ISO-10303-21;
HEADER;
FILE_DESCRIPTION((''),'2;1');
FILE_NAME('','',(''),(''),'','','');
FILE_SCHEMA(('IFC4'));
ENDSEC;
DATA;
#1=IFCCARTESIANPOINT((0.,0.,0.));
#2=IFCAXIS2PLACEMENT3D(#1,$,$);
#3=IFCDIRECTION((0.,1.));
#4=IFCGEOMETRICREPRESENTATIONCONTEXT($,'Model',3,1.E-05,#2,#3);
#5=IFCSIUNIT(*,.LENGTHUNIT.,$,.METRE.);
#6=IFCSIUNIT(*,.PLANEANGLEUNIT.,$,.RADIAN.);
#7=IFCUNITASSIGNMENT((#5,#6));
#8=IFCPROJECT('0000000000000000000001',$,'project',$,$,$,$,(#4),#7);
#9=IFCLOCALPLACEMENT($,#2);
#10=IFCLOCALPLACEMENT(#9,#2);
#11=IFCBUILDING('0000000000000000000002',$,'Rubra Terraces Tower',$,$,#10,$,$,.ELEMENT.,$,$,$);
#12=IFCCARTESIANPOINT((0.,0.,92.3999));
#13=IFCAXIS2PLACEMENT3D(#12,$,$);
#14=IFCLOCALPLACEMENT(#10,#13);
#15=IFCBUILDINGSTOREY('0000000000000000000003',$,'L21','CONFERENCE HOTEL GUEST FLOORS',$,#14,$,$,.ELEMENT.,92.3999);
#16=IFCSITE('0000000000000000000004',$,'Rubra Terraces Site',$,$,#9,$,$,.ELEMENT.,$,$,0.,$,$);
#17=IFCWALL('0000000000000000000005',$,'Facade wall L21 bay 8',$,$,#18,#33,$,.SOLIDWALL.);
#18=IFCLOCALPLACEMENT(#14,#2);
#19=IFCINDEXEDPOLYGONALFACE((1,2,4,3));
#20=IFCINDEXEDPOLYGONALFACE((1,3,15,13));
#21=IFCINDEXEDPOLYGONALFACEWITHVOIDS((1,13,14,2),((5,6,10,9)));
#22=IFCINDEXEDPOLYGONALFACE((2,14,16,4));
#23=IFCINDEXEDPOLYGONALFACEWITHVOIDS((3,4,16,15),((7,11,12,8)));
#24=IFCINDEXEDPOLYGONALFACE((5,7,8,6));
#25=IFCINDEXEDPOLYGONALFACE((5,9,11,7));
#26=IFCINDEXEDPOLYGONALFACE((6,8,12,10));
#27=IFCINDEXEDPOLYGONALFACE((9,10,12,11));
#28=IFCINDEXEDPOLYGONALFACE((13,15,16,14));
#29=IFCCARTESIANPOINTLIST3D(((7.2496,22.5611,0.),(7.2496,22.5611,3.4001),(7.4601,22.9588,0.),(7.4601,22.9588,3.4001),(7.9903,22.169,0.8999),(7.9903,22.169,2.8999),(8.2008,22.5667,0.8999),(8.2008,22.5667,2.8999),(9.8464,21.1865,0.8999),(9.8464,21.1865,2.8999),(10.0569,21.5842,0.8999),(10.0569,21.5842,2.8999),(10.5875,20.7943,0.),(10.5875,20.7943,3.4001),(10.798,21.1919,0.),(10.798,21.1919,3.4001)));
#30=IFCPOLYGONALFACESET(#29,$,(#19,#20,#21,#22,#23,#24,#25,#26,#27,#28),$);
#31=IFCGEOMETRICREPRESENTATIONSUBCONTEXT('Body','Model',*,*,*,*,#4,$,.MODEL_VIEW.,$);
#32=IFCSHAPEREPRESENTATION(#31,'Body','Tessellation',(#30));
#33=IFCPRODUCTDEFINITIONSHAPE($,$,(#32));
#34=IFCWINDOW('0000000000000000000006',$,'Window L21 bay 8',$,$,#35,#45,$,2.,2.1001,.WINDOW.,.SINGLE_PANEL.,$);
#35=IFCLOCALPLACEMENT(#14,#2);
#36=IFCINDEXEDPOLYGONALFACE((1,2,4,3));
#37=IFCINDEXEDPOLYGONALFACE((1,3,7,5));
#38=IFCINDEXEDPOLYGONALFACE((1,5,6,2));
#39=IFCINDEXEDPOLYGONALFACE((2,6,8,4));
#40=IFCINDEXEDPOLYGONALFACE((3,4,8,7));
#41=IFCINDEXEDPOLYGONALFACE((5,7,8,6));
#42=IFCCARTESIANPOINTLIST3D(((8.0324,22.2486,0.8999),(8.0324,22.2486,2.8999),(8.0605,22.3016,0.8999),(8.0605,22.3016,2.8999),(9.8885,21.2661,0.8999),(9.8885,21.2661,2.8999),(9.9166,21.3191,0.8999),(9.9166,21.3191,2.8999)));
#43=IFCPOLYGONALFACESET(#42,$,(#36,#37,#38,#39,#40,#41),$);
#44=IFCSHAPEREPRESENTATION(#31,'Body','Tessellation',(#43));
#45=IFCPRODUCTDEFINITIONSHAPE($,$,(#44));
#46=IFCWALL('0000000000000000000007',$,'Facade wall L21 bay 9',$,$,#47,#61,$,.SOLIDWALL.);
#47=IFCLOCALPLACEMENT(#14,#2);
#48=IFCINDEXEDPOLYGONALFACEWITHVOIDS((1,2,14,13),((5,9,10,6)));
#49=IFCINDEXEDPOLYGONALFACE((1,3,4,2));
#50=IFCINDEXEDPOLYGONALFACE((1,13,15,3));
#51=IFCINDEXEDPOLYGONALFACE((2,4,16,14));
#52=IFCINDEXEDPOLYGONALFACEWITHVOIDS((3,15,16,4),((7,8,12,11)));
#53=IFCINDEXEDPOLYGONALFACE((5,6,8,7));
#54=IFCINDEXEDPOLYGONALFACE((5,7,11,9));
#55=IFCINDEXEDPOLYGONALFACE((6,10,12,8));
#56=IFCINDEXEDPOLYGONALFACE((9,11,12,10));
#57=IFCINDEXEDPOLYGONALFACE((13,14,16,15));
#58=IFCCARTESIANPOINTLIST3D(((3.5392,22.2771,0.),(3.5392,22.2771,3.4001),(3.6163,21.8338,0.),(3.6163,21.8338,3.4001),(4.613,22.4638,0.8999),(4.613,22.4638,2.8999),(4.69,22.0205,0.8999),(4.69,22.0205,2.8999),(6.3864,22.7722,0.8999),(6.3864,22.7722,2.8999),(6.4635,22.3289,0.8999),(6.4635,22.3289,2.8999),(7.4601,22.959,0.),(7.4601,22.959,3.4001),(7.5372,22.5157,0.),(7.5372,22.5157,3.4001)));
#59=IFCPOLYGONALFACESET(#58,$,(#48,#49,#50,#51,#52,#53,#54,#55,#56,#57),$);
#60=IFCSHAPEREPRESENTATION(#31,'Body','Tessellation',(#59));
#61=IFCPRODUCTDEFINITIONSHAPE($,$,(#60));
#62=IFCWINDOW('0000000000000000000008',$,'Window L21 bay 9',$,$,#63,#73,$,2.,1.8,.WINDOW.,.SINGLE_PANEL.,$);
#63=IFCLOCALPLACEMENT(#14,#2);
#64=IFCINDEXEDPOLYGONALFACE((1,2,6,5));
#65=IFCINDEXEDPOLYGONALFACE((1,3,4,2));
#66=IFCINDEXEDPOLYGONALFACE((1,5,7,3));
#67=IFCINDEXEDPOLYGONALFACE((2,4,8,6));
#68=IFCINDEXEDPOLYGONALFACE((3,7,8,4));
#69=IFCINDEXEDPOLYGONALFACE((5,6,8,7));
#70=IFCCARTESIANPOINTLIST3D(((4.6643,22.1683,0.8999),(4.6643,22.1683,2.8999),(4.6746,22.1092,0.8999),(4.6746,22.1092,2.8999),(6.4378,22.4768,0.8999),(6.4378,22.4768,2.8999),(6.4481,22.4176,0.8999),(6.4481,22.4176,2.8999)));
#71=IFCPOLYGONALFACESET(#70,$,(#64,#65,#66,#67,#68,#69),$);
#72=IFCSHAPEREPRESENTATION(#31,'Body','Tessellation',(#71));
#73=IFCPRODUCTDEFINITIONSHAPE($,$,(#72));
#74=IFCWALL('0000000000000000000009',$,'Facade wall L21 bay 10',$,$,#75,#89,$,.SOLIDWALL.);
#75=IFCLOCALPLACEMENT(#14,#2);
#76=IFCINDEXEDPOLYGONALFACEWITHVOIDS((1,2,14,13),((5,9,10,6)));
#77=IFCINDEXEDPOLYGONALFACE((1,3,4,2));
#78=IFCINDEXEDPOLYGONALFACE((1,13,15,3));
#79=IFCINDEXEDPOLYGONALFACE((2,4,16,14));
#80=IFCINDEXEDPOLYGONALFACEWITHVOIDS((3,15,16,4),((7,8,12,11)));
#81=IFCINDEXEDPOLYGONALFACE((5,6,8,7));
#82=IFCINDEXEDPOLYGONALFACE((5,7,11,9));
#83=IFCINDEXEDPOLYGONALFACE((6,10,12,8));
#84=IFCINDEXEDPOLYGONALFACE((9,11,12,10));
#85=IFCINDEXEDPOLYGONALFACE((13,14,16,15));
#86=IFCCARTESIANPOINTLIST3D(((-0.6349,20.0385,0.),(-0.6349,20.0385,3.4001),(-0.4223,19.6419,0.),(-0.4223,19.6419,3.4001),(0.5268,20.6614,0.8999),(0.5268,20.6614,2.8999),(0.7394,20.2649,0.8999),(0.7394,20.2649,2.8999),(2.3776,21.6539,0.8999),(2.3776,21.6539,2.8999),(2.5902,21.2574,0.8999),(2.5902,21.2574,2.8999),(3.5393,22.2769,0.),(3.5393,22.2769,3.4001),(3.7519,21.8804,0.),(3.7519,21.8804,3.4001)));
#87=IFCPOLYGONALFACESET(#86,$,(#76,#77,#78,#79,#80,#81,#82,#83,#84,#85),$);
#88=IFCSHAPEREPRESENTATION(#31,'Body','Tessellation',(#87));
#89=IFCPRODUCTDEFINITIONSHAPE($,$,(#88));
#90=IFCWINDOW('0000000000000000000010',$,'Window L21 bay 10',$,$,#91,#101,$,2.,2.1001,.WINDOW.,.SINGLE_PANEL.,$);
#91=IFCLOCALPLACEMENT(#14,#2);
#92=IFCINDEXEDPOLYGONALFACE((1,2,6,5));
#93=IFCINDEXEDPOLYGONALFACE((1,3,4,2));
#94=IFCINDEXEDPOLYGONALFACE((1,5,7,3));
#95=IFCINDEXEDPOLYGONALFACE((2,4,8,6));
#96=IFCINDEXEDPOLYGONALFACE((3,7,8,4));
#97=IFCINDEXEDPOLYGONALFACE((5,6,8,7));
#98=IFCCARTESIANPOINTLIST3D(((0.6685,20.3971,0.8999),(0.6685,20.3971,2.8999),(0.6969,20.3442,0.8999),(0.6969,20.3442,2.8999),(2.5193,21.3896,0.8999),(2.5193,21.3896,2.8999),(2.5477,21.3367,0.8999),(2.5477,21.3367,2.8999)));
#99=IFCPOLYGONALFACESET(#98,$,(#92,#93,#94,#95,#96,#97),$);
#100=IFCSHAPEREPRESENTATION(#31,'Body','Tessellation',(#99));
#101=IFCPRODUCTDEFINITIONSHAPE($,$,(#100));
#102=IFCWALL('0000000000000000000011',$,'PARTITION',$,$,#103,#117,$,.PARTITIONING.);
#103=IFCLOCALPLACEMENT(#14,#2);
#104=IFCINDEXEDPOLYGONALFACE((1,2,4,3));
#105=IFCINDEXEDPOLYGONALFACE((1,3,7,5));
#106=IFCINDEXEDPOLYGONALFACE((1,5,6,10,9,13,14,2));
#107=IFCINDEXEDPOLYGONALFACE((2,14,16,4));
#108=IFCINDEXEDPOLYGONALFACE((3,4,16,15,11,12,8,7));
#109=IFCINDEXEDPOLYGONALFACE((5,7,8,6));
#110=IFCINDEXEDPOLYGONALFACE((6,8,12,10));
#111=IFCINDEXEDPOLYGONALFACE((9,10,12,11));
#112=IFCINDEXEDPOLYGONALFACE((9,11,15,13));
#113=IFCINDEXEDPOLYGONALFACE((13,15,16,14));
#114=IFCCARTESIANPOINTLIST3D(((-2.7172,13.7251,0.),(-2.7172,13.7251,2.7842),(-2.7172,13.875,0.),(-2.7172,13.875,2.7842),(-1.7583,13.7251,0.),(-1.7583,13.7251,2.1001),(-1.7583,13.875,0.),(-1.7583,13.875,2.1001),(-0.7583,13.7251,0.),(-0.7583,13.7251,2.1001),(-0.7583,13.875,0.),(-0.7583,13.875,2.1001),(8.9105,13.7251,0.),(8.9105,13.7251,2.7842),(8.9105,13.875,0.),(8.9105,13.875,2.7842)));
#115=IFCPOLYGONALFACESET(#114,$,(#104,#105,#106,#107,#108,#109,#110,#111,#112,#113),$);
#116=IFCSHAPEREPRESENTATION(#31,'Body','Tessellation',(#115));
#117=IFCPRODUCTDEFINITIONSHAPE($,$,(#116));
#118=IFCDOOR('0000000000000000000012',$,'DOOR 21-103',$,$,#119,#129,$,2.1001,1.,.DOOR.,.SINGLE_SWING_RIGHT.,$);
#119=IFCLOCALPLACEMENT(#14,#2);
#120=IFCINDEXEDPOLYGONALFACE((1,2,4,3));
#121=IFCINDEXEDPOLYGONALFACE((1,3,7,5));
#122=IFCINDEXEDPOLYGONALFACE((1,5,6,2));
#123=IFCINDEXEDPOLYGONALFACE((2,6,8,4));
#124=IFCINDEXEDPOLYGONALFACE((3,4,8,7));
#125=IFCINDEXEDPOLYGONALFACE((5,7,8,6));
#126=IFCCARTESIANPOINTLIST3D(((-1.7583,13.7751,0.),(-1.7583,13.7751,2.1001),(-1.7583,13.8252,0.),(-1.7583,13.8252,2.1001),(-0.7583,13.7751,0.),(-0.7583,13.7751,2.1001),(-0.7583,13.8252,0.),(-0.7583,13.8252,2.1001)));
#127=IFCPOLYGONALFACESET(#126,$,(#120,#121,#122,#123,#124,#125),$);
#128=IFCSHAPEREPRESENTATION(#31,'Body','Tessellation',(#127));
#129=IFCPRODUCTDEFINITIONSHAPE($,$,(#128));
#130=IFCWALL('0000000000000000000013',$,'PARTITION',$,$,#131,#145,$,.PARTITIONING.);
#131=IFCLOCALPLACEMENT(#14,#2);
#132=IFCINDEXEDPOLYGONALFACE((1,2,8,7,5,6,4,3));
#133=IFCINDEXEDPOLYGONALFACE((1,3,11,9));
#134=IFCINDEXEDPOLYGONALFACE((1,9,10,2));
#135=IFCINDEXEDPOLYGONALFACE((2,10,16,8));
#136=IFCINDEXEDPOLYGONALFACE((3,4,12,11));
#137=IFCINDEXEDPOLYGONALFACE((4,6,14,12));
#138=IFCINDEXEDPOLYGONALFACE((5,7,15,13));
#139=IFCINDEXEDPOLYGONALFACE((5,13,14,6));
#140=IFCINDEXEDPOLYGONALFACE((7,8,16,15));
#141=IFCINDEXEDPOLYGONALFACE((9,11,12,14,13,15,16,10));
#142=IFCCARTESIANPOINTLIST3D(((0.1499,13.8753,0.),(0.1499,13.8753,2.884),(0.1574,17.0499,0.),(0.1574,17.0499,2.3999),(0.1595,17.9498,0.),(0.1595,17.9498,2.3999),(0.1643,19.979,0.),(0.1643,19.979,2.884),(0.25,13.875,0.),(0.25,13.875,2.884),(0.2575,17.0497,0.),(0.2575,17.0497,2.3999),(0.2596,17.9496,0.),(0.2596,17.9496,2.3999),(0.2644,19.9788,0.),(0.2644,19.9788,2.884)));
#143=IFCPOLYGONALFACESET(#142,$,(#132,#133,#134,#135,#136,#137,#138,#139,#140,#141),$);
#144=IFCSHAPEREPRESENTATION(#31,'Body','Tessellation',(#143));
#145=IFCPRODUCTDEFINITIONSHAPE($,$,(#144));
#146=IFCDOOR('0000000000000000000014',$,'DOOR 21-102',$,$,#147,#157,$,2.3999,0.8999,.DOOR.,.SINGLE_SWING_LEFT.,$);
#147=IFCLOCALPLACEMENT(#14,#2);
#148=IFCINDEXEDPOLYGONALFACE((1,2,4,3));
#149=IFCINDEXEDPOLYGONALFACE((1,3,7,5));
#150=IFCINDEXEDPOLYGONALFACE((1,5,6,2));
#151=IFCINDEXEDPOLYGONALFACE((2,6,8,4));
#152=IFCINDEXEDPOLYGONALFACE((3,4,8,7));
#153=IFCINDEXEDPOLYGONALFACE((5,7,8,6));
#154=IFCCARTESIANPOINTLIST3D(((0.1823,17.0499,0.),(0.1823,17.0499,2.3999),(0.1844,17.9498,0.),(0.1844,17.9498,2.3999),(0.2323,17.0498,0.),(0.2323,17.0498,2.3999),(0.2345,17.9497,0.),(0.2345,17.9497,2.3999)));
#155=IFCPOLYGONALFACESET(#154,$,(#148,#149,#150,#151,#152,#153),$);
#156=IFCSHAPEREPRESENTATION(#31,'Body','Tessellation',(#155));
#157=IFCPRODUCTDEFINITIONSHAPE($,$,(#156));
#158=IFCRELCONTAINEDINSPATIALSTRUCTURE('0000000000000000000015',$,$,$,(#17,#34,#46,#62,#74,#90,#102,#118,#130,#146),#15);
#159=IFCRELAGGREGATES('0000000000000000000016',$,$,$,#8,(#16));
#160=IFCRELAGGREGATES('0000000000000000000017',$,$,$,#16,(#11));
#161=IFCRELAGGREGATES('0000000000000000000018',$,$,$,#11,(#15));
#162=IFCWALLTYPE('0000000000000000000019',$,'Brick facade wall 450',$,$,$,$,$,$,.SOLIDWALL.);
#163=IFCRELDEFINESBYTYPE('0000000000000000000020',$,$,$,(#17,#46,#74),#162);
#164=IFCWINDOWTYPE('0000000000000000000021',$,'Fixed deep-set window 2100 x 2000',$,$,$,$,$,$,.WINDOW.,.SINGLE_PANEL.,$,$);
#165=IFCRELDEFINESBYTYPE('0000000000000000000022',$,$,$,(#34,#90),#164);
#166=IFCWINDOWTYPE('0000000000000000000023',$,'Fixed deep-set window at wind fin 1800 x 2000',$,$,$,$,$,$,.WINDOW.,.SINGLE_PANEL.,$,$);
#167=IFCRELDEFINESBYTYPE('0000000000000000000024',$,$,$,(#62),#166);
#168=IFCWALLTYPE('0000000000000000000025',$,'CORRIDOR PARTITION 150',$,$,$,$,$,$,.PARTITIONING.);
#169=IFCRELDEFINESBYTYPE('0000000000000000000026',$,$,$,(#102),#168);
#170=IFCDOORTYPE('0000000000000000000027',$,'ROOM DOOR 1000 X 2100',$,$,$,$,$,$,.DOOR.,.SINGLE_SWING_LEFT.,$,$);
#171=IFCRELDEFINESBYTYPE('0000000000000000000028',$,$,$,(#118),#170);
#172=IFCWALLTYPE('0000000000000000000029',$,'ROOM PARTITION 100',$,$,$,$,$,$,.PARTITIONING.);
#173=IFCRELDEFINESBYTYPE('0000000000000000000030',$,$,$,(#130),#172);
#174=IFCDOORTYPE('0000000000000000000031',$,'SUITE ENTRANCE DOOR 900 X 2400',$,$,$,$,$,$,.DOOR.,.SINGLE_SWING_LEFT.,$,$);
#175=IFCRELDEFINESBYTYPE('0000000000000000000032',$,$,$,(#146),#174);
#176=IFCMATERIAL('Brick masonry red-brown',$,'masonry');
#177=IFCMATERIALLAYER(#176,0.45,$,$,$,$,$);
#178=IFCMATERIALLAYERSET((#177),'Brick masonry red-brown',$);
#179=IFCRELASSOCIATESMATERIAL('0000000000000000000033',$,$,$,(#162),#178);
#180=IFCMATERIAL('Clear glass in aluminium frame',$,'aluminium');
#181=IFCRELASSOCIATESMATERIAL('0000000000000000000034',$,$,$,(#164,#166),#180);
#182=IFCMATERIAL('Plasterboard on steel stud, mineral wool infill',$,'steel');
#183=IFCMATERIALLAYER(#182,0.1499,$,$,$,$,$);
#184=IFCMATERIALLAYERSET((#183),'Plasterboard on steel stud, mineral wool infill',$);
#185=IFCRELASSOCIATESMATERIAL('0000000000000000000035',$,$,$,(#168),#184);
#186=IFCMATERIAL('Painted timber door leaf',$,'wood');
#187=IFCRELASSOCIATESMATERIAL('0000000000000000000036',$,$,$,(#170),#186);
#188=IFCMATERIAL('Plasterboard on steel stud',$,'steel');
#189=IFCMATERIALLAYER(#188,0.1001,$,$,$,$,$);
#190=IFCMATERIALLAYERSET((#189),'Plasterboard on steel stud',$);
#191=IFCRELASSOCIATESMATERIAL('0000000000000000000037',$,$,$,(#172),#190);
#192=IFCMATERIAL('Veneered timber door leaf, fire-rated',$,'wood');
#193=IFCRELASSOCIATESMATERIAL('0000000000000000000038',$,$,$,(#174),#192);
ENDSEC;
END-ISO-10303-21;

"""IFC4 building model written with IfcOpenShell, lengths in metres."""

from ifc_helpers import new_model, si_unit, direction, frame, frame_2d, origin, place, context, subcontext, project, spatial, rectangle, extrude, material, layer, layer_set, type_object, element, fill, save


model = new_model("IFC4")

# Units and contexts
model_context = context("Model", 3, precision=1e-05, world=origin(), true_north=direction((0.0, 1.0)))
body_context = subcontext(model_context, "Body", "Model", "MODEL_VIEW")
ifc_project = project(units=[si_unit("LENGTHUNIT", "METRE"), si_unit("PLANEANGLEUNIT", "RADIAN")], contexts=[model_context])

# Site, building, storey
site_placement = place(None, origin())
site = spatial("IfcSite", under=ifc_project, at=site_placement, Name="Rubra Terraces Site", CompositionType="ELEMENT", RefElevation=0.0)
building_placement = place(site_placement, origin())
building = spatial("IfcBuilding", under=site, at=building_placement, Name="Rubra Terraces Tower", CompositionType="ELEMENT")
storey_placement = place(building_placement, frame((0.0, 0.0, 92.3999)))
storey = spatial("IfcBuildingStorey", under=building, at=storey_placement, Name="L21", Description="CONFERENCE HOTEL GUEST FLOORS", CompositionType="ELEMENT", Elevation=92.3999)

# Walls, openings, windows
ifc_material_1 = material(Name="Brick masonry red-brown", Category="masonry")
ifc_layer_1 = layer(ifc_material_1, 0.45)
ifc_layer_set_1 = layer_set([ifc_layer_1], Name="Brick masonry red-brown")
wall_type_1 = type_object("IfcWallType", Name="Brick facade wall 450", PredefinedType="SOLIDWALL", material=ifc_layer_set_1)
wall_1_placement = place(storey_placement, frame((10.6926, 20.9932, 0.0), z_axis=(0.0, 0.0, 1.0), x_axis=(-0.883818, 0.467831, 0.0)))
wall_1 = element("IfcWall", 1, at=wall_1_placement, inside=storey, type_object=wall_type_1, Name="Facade wall L21 bay 8", PredefinedType="SOLIDWALL", context=body_context, shape_type="SweptSolid", body=[
    extrude(rectangle(XDim=3.7766, YDim=0.45, at=frame_2d((1.8882, 0.0))), origin(), (0.0, 0.0, 1.0), 3.4001),
])
opening_1_placement = place(wall_1_placement, frame((0.8384, 0.0, 0.8999)))
opening_1 = element("IfcOpeningElement", 2, at=opening_1_placement, cuts=wall_1, PredefinedType="OPENING", context=body_context, shape_type="SweptSolid", body=[
    extrude(rectangle(XDim=2.1001, YDim=2.0, at=frame_2d((1.05, 1.0))), frame((0.0, 0.2349, 0.0), z_axis=(0.0, -1.0, 0.0), x_axis=(1.0, 0.0, 0.0)), (0.0, 0.0, 1.0), 0.47),
])
ifc_material_2 = material(Name="Clear glass in aluminium frame", Category="aluminium")
window_type_1 = type_object("IfcWindowType", Name="Fixed deep-set window 2100 x 2000", PartitioningType="SINGLE_PANEL", PredefinedType="WINDOW", material=ifc_material_2)
window_1_placement = place(opening_1_placement, origin())
window_1 = element("IfcWindow", 3, at=window_1_placement, inside=storey, type_object=window_type_1, Name="Window L21 bay 8", OverallHeight=2.0, OverallWidth=2.1001, PartitioningType="SINGLE_PANEL", PredefinedType="WINDOW", context=body_context, shape_type="SweptSolid", body=[
    extrude(rectangle(XDim=2.1001, YDim=2.0, at=frame_2d((1.05, 1.0))), frame((0.0, 0.135, 0.0), z_axis=(0.0, -1.0, 0.0), x_axis=(1.0, 0.0, 0.0)), (0.0, 0.0, 1.0), 0.0601),
])
fill(opening_1, window_1)
wall_2_placement = place(storey_placement, frame((7.4985, 22.7373, 0.0), z_axis=(0.0, 0.0, 1.0), x_axis=(-0.985212, -0.171339, 0.0)))
wall_2 = element("IfcWall", 4, at=wall_2_placement, inside=storey, type_object=wall_type_1, Name="Facade wall L21 bay 9", PredefinedType="SOLIDWALL", context=body_context, shape_type="SweptSolid", body=[
    extrude(rectangle(XDim=3.9797, YDim=0.45, at=frame_2d((1.9897, 0.0))), origin(), (0.0, 0.0, 1.0), 3.4001),
])
opening_2_placement = place(wall_2_placement, frame((1.0898, 0.0, 0.8999)))
opening_2 = element("IfcOpeningElement", 5, at=opening_2_placement, cuts=wall_2, PredefinedType="OPENING", context=body_context, shape_type="SweptSolid", body=[
    extrude(rectangle(XDim=1.8, YDim=2.0, at=frame_2d((0.8999, 1.0))), frame((0.0, 0.2349, 0.0), z_axis=(0.0, -1.0, 0.0), x_axis=(1.0, 0.0, 0.0)), (0.0, 0.0, 1.0), 0.47),
])
window_type_2 = type_object("IfcWindowType", Name="Fixed deep-set window at wind fin 1800 x 2000", PartitioningType="SINGLE_PANEL", PredefinedType="WINDOW", material=ifc_material_2)
window_2_placement = place(opening_2_placement, origin())
window_2 = element("IfcWindow", 6, at=window_2_placement, inside=storey, type_object=window_type_2, Name="Window L21 bay 9", OverallHeight=2.0, OverallWidth=1.8, PartitioningType="SINGLE_PANEL", PredefinedType="WINDOW", context=body_context, shape_type="SweptSolid", body=[
    extrude(rectangle(XDim=1.8, YDim=2.0, at=frame_2d((0.8999, 1.0))), frame((0.0, 0.135, 0.0), z_axis=(0.0, -1.0, 0.0), x_axis=(1.0, 0.0, 0.0)), (0.0, 0.0, 1.0), 0.0601),
])
fill(opening_2, window_2)
wall_3_placement = place(storey_placement, frame((3.6455, 22.0786, 0.0), z_axis=(0.0, 0.0, 1.0), x_axis=(-0.881279, -0.472596, 0.0)))
wall_3 = element("IfcWall", 7, at=wall_3_placement, inside=storey, type_object=wall_type_1, Name="Facade wall L21 bay 10", PredefinedType="SOLIDWALL", context=body_context, shape_type="SweptSolid", body=[
    extrude(rectangle(XDim=4.7366, YDim=0.45, at=frame_2d((2.3682, 0.0))), origin(), (0.0, 0.0, 1.0), 3.4001),
])
opening_3_placement = place(wall_3_placement, frame((1.3181, 0.0, 0.8999)))
opening_3 = element("IfcOpeningElement", 8, at=opening_3_placement, cuts=wall_3, PredefinedType="OPENING", context=body_context, shape_type="SweptSolid", body=[
    extrude(rectangle(XDim=2.1001, YDim=2.0, at=frame_2d((1.05, 1.0))), frame((0.0, 0.2349, 0.0), z_axis=(0.0, -1.0, 0.0), x_axis=(1.0, 0.0, 0.0)), (0.0, 0.0, 1.0), 0.47),
])
window_3_placement = place(opening_3_placement, origin())
window_3 = element("IfcWindow", 9, at=window_3_placement, inside=storey, type_object=window_type_1, Name="Window L21 bay 10", OverallHeight=2.0, OverallWidth=2.1001, PartitioningType="SINGLE_PANEL", PredefinedType="WINDOW", context=body_context, shape_type="SweptSolid", body=[
    extrude(rectangle(XDim=2.1001, YDim=2.0, at=frame_2d((1.05, 1.0))), frame((0.0, 0.135, 0.0), z_axis=(0.0, -1.0, 0.0), x_axis=(1.0, 0.0, 0.0)), (0.0, 0.0, 1.0), 0.0601),
])
fill(opening_3, window_3)

# Walls, openings, doors
ifc_material_3 = material(Name="Plasterboard on steel stud, mineral wool infill", Category="steel")
ifc_layer_2 = layer(ifc_material_3, 0.1499)
ifc_layer_set_2 = layer_set([ifc_layer_2], Name="Plasterboard on steel stud, mineral wool infill")
wall_type_2 = type_object("IfcWallType", Name="CORRIDOR PARTITION 150", PredefinedType="PARTITIONING", material=ifc_layer_set_2)
wall_4_placement = place(storey_placement, frame((8.9106, 13.8, 0.0), z_axis=(0.0, 0.0, 1.0), x_axis=(-1.0, 0.0, 0.0)))
wall_4 = element("IfcWall", 10, at=wall_4_placement, inside=storey, type_object=wall_type_2, Name="PARTITION", PredefinedType="PARTITIONING", context=body_context, shape_type="SweptSolid", body=[
    extrude(rectangle(XDim=11.6277, YDim=0.1499, at=frame_2d((5.814, 0.0))), origin(), (0.0, 0.0, 1.0), 2.7842),
])
opening_4_placement = place(wall_4_placement, frame((9.6689, 0.0, 0.0)))
opening_4 = element("IfcOpeningElement", 11, at=opening_4_placement, cuts=wall_4, PredefinedType="OPENING", context=body_context, shape_type="SweptSolid", body=[
    extrude(rectangle(XDim=1.0, YDim=2.1001, at=frame_2d((0.5, 1.05))), frame((0.0, 0.085, 0.0), z_axis=(0.0, -1.0, 0.0), x_axis=(1.0, 0.0, 0.0)), (0.0, 0.0, 1.0), 0.1699),
])
ifc_material_4 = material(Name="Painted timber door leaf", Category="wood")
door_type_1 = type_object("IfcDoorType", Name="ROOM DOOR 1000 X 2100", OperationType="SINGLE_SWING_LEFT", PredefinedType="DOOR", material=ifc_material_4)
door_1_placement = place(opening_4_placement, origin())
door_1 = element("IfcDoor", 12, at=door_1_placement, inside=storey, type_object=door_type_1, Name="DOOR 21-103", OperationType="SINGLE_SWING_RIGHT", OverallHeight=2.1001, OverallWidth=1.0, PredefinedType="DOOR", context=body_context, shape_type="SweptSolid", body=[
    extrude(rectangle(XDim=1.0, YDim=2.1001, at=frame_2d((0.5, 1.05))), frame((0.0, 0.0249, 0.0), z_axis=(0.0, -1.0, 0.0), x_axis=(1.0, 0.0, 0.0)), (0.0, 0.0, 1.0), 0.05),
])
fill(opening_4, door_1)
ifc_material_5 = material(Name="Plasterboard on steel stud", Category="steel")
ifc_layer_3 = layer(ifc_material_5, 0.1001)
ifc_layer_set_3 = layer_set([ifc_layer_3], Name="Plasterboard on steel stud")
wall_type_3 = type_object("IfcWallType", Name="ROOM PARTITION 100", PredefinedType="PARTITIONING", material=ifc_layer_set_3)
wall_5_placement = place(storey_placement, frame((0.2144, 19.9788, 0.0), z_axis=(0.0, 0.0, 1.0), x_axis=(-0.00236, -0.999997, 0.0)))
wall_5 = element("IfcWall", 13, at=wall_5_placement, inside=storey, type_object=wall_type_3, Name="PARTITION", PredefinedType="PARTITIONING", context=body_context, shape_type="SweptSolid", body=[
    extrude(rectangle(XDim=6.1038, YDim=0.1001, at=frame_2d((3.0518, 0.0))), origin(), (0.0, 0.0, 1.0), 2.884),
])
opening_5_placement = place(wall_5_placement, frame((2.0291, 0.0, 0.0)))
opening_5 = element("IfcOpeningElement", 14, at=opening_5_placement, cuts=wall_5, PredefinedType="OPENING", context=body_context, shape_type="SweptSolid", body=[
    extrude(rectangle(XDim=0.8999, YDim=2.3999, at=frame_2d((0.45, 1.2))), frame((0.0, 0.0601, 0.0), z_axis=(0.0, -1.0, 0.0), x_axis=(1.0, 0.0, 0.0)), (0.0, 0.0, 1.0), 0.1201),
])
ifc_material_6 = material(Name="Veneered timber door leaf, fire-rated", Category="wood")
door_type_2 = type_object("IfcDoorType", Name="SUITE ENTRANCE DOOR 900 X 2400", OperationType="SINGLE_SWING_LEFT", PredefinedType="DOOR", material=ifc_material_6)
door_2_placement = place(opening_5_placement, origin())
door_2 = element("IfcDoor", 15, at=door_2_placement, inside=storey, type_object=door_type_2, Name="DOOR 21-102", OperationType="SINGLE_SWING_LEFT", OverallHeight=2.3999, OverallWidth=0.8999, PredefinedType="DOOR", context=body_context, shape_type="SweptSolid", body=[
    extrude(rectangle(XDim=0.8999, YDim=2.3999, at=frame_2d((0.45, 1.2))), frame((0.0, 0.0249, 0.0), z_axis=(0.0, -1.0, 0.0), x_axis=(1.0, 0.0, 0.0)), (0.0, 0.0, 1.0), 0.05),
])
fill(opening_5, door_2)

save(model, "model.ifc")
